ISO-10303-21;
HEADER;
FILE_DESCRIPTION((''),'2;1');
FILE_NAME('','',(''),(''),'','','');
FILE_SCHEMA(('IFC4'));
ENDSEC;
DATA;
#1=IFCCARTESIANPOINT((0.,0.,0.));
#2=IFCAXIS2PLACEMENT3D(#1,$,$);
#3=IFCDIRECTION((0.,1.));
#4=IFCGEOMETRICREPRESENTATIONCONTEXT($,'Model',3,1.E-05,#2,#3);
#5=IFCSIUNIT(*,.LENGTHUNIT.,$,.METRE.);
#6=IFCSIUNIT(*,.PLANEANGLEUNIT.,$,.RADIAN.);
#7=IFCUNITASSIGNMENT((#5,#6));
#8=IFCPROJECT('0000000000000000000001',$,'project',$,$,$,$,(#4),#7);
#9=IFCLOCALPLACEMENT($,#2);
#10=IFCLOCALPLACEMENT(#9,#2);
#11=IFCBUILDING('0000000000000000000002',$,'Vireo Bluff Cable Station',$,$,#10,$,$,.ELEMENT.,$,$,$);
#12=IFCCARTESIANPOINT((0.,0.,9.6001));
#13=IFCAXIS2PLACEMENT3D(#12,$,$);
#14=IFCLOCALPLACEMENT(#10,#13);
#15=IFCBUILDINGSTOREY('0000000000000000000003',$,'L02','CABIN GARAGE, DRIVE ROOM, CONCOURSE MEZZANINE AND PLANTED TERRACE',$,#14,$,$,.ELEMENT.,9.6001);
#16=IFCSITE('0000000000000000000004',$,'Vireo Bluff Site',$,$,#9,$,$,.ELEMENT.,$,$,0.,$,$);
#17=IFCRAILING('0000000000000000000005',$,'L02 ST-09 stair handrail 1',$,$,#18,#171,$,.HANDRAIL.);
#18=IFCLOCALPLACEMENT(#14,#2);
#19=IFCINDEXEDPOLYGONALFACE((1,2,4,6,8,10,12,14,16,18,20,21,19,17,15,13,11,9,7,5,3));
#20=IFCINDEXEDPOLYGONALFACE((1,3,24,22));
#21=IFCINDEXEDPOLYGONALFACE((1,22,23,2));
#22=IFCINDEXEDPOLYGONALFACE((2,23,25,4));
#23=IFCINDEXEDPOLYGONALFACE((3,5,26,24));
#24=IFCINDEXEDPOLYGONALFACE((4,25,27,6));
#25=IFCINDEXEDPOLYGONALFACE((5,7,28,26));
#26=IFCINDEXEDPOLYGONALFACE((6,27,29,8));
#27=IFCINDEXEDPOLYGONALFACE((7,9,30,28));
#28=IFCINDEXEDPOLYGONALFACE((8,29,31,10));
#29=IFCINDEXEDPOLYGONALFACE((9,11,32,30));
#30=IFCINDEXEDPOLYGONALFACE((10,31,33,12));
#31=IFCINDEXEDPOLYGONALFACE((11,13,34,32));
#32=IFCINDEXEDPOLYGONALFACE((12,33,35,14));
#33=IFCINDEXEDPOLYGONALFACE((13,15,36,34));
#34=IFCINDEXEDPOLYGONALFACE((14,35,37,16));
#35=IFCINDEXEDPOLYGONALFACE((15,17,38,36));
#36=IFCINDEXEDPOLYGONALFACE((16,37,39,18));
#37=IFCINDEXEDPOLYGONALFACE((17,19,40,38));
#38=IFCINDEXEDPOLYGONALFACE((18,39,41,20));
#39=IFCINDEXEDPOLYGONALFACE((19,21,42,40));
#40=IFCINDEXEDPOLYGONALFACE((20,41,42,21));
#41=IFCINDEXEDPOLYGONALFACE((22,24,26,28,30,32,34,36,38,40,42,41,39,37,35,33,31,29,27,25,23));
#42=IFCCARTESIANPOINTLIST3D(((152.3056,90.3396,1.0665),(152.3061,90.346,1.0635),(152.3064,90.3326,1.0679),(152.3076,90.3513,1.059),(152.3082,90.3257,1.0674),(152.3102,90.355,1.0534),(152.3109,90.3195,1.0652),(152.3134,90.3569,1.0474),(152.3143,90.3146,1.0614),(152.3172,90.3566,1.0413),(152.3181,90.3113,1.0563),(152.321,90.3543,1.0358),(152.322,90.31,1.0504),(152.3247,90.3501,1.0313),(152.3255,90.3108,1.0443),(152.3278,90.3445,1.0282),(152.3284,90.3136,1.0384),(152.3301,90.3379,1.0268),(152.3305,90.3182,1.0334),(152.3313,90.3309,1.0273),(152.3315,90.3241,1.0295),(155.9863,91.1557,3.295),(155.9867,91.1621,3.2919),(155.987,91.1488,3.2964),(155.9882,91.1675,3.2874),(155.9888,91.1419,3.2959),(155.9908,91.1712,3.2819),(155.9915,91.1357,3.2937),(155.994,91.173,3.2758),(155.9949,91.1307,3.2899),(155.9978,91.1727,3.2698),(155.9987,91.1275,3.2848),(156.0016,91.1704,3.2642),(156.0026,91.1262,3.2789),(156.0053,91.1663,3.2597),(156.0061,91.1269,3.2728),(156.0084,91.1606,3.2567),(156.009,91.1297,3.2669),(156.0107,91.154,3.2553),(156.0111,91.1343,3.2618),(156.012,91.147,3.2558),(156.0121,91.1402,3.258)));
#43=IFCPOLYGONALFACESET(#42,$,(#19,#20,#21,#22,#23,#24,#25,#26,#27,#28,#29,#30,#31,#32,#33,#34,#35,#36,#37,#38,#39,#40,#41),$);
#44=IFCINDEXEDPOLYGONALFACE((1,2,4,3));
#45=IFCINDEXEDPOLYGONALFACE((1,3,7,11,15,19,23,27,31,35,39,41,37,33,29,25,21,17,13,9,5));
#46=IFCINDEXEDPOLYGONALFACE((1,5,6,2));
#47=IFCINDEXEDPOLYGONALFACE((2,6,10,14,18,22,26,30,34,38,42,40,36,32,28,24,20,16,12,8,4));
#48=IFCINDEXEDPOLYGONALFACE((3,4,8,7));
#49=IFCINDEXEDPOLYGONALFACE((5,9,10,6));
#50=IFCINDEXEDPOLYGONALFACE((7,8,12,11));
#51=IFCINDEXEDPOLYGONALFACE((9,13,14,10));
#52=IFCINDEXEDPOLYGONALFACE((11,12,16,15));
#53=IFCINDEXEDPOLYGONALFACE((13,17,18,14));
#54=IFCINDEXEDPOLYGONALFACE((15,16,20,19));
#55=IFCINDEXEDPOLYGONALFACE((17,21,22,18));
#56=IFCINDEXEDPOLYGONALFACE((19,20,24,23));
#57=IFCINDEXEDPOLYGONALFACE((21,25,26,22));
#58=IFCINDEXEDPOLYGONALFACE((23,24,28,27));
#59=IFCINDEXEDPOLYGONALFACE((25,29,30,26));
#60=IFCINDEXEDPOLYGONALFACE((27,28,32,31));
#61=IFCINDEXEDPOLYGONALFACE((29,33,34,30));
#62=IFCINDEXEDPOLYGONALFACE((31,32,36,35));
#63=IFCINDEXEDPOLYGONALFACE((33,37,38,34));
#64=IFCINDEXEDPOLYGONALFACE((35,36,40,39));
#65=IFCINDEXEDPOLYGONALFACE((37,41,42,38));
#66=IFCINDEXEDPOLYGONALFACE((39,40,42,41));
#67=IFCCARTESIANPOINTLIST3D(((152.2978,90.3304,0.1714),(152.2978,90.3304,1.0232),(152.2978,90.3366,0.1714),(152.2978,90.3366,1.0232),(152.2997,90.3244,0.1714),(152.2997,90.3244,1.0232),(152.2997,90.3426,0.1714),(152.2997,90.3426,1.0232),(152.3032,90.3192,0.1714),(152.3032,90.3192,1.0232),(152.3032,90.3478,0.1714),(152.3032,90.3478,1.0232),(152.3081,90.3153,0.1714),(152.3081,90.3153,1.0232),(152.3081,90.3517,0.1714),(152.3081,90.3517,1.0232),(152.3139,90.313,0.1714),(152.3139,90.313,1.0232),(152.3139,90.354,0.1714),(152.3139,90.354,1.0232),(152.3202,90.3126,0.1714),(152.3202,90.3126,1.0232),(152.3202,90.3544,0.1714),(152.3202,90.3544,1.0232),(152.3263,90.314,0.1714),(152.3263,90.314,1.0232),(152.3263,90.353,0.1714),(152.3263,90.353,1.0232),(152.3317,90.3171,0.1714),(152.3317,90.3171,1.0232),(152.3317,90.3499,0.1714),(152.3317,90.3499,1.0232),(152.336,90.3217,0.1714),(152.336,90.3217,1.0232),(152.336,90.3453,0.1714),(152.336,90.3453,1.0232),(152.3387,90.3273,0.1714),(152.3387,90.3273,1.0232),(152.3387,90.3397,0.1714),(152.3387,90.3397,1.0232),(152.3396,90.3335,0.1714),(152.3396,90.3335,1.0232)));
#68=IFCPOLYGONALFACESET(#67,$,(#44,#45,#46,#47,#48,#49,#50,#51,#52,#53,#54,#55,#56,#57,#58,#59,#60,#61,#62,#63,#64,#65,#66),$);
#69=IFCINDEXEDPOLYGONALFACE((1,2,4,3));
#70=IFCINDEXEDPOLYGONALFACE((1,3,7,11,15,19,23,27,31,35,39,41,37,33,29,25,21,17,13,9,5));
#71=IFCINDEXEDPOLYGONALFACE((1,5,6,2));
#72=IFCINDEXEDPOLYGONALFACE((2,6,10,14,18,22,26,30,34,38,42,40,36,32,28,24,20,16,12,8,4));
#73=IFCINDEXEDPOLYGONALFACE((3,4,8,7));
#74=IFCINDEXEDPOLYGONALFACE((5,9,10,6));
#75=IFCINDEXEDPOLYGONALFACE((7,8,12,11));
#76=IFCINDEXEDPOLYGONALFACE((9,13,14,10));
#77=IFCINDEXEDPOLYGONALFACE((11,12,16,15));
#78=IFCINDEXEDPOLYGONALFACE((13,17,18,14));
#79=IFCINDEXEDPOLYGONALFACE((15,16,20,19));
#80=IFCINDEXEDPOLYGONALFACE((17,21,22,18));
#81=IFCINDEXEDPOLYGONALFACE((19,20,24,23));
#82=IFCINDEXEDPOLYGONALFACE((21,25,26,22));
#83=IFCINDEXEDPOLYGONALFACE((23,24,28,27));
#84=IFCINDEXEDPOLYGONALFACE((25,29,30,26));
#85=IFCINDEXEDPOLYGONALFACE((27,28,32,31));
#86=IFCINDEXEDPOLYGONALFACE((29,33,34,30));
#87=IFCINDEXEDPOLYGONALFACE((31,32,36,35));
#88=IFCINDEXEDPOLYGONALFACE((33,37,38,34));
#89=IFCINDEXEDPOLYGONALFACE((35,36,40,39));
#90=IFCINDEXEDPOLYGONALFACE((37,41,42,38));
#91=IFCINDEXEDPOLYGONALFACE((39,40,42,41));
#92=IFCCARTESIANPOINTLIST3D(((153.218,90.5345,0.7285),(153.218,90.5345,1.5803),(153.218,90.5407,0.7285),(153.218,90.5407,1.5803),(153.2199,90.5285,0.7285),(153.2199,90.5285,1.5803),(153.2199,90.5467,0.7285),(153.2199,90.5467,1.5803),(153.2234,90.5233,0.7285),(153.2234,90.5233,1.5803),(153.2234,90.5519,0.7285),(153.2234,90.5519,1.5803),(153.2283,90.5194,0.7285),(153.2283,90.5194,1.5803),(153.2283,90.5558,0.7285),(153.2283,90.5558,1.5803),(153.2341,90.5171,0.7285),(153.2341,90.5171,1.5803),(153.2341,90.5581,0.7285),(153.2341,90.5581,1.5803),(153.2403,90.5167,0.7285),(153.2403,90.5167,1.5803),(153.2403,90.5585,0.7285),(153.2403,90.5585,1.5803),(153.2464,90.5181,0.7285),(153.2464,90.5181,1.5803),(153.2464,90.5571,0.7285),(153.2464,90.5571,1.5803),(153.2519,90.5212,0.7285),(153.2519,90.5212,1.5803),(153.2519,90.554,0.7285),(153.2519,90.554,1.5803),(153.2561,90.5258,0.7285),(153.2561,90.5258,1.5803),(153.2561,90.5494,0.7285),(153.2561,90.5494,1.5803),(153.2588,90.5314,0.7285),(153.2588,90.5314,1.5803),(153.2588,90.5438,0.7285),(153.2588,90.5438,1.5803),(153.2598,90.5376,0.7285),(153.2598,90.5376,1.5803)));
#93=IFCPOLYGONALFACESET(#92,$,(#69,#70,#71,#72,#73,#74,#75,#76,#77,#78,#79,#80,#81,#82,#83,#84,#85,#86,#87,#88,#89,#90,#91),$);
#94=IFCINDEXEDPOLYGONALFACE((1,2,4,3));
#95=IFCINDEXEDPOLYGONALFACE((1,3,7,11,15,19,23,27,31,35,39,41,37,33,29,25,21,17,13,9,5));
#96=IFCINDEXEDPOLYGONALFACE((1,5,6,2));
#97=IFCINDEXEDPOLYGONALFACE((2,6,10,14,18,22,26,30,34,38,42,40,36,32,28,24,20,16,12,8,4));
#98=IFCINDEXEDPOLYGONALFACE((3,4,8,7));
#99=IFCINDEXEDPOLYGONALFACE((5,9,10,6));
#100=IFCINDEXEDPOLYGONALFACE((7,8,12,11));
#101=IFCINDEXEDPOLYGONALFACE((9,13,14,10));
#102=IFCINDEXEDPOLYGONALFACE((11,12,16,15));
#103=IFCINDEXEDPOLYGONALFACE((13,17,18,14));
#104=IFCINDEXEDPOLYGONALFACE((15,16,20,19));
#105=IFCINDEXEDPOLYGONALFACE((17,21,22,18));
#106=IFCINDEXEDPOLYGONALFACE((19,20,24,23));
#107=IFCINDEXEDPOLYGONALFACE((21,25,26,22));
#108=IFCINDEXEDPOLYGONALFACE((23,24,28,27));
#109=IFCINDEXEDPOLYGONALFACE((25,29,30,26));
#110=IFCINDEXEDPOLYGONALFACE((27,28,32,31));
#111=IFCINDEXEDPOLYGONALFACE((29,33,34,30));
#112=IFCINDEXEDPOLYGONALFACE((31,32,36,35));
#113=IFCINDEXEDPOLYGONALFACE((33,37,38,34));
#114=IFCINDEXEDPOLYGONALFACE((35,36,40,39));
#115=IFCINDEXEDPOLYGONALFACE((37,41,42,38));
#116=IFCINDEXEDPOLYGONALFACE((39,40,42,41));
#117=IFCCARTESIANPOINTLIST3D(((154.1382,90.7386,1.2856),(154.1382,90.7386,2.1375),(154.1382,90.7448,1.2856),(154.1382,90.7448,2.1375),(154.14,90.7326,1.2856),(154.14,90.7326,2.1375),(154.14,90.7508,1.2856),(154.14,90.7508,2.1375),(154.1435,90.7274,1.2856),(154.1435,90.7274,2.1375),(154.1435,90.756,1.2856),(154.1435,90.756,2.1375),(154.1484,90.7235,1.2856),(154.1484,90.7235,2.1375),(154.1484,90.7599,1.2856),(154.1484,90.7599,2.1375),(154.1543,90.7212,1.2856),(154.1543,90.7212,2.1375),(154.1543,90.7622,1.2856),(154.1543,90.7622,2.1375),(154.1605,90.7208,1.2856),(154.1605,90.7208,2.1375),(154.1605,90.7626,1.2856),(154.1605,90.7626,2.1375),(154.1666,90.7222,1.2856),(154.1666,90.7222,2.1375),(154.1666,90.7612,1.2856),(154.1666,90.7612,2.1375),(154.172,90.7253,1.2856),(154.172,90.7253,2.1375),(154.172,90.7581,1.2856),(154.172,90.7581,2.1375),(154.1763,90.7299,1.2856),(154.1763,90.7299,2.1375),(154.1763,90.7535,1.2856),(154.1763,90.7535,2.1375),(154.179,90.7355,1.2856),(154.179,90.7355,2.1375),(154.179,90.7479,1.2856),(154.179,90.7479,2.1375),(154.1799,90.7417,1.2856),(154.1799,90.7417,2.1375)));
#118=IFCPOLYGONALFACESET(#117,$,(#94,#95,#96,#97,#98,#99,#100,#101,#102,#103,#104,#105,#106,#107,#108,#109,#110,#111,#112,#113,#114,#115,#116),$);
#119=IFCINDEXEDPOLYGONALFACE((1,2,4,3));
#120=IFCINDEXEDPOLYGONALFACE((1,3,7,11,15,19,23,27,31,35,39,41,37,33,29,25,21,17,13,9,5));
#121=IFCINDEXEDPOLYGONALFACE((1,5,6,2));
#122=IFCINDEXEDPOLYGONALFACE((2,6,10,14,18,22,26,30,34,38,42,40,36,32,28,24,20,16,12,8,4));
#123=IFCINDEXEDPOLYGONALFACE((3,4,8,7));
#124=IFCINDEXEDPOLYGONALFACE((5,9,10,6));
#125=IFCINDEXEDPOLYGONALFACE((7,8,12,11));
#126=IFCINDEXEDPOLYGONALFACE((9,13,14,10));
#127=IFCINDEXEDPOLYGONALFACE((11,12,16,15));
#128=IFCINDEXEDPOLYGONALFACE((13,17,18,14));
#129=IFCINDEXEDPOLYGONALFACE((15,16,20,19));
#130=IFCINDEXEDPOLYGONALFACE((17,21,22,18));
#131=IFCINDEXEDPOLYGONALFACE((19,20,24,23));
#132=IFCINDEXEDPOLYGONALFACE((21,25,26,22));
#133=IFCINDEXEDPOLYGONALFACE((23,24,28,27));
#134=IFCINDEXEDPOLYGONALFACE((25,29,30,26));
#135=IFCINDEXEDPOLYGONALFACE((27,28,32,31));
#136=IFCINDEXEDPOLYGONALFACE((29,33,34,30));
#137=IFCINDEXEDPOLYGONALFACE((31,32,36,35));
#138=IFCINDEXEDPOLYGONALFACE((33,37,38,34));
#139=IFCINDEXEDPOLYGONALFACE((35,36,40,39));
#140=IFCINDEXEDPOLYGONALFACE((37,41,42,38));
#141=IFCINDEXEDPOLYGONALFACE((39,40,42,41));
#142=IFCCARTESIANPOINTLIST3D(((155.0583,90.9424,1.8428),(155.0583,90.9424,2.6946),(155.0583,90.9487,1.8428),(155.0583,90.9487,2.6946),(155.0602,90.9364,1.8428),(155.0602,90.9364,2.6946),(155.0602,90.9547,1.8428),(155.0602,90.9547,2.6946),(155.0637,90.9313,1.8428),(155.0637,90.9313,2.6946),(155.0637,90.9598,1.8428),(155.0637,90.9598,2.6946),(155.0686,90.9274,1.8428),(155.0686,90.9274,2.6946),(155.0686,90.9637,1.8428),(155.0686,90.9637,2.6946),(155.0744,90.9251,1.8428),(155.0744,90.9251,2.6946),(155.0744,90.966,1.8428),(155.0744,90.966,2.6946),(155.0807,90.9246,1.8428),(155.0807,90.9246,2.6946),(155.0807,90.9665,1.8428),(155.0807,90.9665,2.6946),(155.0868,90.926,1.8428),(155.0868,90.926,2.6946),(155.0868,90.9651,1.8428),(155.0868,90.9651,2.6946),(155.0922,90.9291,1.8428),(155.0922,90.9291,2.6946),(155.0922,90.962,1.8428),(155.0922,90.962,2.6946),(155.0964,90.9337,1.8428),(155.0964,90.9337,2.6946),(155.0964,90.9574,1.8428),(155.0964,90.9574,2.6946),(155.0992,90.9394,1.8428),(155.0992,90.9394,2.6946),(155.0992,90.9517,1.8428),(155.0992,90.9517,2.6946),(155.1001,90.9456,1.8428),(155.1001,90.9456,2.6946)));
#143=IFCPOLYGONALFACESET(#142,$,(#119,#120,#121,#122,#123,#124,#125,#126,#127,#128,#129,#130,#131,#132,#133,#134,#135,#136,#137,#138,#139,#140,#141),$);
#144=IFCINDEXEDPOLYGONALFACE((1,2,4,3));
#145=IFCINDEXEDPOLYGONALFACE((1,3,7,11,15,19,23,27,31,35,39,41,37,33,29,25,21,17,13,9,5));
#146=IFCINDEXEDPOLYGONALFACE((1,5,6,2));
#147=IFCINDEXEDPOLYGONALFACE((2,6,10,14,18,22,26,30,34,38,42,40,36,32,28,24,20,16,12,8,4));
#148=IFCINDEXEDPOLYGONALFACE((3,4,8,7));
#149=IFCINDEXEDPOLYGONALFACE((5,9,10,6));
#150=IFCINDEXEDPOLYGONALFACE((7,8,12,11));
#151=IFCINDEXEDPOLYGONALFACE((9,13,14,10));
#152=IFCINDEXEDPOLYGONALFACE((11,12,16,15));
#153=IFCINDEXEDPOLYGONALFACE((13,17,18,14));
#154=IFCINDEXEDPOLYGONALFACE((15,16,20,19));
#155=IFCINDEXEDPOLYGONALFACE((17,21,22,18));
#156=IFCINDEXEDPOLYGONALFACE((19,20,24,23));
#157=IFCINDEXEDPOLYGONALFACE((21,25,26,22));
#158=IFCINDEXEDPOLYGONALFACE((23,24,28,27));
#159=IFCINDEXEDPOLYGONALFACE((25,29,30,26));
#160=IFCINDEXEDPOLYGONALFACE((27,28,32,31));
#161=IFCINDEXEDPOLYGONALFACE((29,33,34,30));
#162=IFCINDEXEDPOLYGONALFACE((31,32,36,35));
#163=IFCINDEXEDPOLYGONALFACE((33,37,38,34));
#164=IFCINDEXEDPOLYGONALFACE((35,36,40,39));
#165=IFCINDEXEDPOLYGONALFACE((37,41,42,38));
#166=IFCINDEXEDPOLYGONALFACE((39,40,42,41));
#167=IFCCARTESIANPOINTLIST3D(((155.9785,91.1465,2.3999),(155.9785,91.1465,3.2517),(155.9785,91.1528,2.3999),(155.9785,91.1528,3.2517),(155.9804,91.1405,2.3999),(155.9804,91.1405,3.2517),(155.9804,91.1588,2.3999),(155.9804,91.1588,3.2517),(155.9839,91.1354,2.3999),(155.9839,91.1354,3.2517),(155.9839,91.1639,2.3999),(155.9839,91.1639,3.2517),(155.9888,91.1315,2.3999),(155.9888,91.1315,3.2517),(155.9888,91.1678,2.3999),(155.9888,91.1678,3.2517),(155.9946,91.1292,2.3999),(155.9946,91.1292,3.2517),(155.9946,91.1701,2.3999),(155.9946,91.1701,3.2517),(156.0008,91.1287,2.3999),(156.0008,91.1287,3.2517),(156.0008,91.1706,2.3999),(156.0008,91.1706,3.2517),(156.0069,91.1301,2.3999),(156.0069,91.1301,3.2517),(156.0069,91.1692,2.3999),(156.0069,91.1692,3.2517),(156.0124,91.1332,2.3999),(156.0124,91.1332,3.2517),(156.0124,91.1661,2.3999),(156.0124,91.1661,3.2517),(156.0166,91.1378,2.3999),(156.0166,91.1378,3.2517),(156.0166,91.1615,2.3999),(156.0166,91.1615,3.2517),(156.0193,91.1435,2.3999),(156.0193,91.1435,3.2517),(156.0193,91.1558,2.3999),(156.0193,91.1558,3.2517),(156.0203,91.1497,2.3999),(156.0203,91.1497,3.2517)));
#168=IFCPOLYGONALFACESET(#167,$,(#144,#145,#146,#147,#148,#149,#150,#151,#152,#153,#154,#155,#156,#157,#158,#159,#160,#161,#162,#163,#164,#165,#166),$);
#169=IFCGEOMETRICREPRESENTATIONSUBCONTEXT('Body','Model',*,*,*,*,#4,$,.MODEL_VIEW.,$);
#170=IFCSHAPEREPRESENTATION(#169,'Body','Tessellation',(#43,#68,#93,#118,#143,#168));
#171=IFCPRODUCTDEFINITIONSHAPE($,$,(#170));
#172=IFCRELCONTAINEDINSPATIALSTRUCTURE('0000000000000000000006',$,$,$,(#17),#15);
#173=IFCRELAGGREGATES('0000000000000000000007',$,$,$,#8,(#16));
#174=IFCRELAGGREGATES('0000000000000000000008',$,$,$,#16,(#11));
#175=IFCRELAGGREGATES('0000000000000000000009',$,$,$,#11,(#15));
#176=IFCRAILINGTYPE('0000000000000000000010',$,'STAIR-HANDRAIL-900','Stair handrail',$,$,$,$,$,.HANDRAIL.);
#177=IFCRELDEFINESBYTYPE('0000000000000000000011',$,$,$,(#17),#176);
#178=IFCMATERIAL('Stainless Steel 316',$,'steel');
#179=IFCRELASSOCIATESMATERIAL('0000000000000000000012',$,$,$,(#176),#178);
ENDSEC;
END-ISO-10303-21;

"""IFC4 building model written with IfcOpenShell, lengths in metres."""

from ifc_helpers import new_model, si_unit, direction, frame, origin, origin_2d, place, context, subcontext, project, spatial, circle, extrude, material, type_object, element, save


model = new_model("IFC4")

# Units and contexts
model_context = context("Model", 3, precision=1e-05, world=origin(), true_north=direction((0.0, 1.0)))
body_context = subcontext(model_context, "Body", "Model", "MODEL_VIEW")
ifc_project = project(units=[si_unit("LENGTHUNIT", "METRE"), si_unit("PLANEANGLEUNIT", "RADIAN")], contexts=[model_context])

# Site, building, storey
site_placement = place(None, origin())
site = spatial("IfcSite", under=ifc_project, at=site_placement, Name="Vireo Bluff Site", CompositionType="ELEMENT", RefElevation=0.0)
building_placement = place(site_placement, origin())
building = spatial("IfcBuilding", under=site, at=building_placement, Name="Vireo Bluff Cable Station", CompositionType="ELEMENT")
storey_placement = place(building_placement, frame((0.0, 0.0, 9.6001)))
storey = spatial("IfcBuildingStorey", under=building, at=storey_placement, Name="L02", Description="CABIN GARAGE, DRIVE ROOM, CONCOURSE MEZZANINE AND PLANTED TERRACE", CompositionType="ELEMENT", Elevation=9.6001)

# Railing
ifc_material_1 = material(Name="Stainless Steel 316", Category="steel")
railing_type_1 = type_object("IfcRailingType", Name="STAIR-HANDRAIL-900", Description="Stair handrail", PredefinedType="HANDRAIL", material=ifc_material_1)
railing_1_placement = place(storey_placement, frame((152.3186, 90.3335, 0.1714)))
element("IfcRailing", 1, at=railing_1_placement, inside=storey, type_object=railing_type_1, Name="L02 ST-09 stair handrail 1", PredefinedType="HANDRAIL", context=body_context, shape_type="SweptSolid", body=[
    extrude(circle(Radius=0.0239, at=origin_2d()), frame((0.0, 0.0, 0.876), z_axis=(0.840437, 0.186361, 0.508856), x_axis=(-0.216485, 0.976286, 0.0)), (0.0, 0.0, 1.0), 4.3794),
    extrude(circle(Radius=0.021, at=origin_2d()), origin(), (0.0, 0.0, 1.0), 0.8518),
    extrude(circle(Radius=0.021, at=origin_2d()), frame((0.9202, 0.2041, 0.5571)), (0.0, 0.0, 1.0), 0.8518),
    extrude(circle(Radius=0.021, at=origin_2d()), frame((1.8403, 0.4082, 1.1143)), (0.0, 0.0, 1.0), 0.8518),
    extrude(circle(Radius=0.021, at=origin_2d()), frame((2.7605, 0.6121, 1.6714)), (0.0, 0.0, 1.0), 0.8518),
    extrude(circle(Radius=0.021, at=origin_2d()), frame((3.6807, 0.8162, 2.2285)), (0.0, 0.0, 1.0), 0.8518),
])

save(model, "model.ifc")
